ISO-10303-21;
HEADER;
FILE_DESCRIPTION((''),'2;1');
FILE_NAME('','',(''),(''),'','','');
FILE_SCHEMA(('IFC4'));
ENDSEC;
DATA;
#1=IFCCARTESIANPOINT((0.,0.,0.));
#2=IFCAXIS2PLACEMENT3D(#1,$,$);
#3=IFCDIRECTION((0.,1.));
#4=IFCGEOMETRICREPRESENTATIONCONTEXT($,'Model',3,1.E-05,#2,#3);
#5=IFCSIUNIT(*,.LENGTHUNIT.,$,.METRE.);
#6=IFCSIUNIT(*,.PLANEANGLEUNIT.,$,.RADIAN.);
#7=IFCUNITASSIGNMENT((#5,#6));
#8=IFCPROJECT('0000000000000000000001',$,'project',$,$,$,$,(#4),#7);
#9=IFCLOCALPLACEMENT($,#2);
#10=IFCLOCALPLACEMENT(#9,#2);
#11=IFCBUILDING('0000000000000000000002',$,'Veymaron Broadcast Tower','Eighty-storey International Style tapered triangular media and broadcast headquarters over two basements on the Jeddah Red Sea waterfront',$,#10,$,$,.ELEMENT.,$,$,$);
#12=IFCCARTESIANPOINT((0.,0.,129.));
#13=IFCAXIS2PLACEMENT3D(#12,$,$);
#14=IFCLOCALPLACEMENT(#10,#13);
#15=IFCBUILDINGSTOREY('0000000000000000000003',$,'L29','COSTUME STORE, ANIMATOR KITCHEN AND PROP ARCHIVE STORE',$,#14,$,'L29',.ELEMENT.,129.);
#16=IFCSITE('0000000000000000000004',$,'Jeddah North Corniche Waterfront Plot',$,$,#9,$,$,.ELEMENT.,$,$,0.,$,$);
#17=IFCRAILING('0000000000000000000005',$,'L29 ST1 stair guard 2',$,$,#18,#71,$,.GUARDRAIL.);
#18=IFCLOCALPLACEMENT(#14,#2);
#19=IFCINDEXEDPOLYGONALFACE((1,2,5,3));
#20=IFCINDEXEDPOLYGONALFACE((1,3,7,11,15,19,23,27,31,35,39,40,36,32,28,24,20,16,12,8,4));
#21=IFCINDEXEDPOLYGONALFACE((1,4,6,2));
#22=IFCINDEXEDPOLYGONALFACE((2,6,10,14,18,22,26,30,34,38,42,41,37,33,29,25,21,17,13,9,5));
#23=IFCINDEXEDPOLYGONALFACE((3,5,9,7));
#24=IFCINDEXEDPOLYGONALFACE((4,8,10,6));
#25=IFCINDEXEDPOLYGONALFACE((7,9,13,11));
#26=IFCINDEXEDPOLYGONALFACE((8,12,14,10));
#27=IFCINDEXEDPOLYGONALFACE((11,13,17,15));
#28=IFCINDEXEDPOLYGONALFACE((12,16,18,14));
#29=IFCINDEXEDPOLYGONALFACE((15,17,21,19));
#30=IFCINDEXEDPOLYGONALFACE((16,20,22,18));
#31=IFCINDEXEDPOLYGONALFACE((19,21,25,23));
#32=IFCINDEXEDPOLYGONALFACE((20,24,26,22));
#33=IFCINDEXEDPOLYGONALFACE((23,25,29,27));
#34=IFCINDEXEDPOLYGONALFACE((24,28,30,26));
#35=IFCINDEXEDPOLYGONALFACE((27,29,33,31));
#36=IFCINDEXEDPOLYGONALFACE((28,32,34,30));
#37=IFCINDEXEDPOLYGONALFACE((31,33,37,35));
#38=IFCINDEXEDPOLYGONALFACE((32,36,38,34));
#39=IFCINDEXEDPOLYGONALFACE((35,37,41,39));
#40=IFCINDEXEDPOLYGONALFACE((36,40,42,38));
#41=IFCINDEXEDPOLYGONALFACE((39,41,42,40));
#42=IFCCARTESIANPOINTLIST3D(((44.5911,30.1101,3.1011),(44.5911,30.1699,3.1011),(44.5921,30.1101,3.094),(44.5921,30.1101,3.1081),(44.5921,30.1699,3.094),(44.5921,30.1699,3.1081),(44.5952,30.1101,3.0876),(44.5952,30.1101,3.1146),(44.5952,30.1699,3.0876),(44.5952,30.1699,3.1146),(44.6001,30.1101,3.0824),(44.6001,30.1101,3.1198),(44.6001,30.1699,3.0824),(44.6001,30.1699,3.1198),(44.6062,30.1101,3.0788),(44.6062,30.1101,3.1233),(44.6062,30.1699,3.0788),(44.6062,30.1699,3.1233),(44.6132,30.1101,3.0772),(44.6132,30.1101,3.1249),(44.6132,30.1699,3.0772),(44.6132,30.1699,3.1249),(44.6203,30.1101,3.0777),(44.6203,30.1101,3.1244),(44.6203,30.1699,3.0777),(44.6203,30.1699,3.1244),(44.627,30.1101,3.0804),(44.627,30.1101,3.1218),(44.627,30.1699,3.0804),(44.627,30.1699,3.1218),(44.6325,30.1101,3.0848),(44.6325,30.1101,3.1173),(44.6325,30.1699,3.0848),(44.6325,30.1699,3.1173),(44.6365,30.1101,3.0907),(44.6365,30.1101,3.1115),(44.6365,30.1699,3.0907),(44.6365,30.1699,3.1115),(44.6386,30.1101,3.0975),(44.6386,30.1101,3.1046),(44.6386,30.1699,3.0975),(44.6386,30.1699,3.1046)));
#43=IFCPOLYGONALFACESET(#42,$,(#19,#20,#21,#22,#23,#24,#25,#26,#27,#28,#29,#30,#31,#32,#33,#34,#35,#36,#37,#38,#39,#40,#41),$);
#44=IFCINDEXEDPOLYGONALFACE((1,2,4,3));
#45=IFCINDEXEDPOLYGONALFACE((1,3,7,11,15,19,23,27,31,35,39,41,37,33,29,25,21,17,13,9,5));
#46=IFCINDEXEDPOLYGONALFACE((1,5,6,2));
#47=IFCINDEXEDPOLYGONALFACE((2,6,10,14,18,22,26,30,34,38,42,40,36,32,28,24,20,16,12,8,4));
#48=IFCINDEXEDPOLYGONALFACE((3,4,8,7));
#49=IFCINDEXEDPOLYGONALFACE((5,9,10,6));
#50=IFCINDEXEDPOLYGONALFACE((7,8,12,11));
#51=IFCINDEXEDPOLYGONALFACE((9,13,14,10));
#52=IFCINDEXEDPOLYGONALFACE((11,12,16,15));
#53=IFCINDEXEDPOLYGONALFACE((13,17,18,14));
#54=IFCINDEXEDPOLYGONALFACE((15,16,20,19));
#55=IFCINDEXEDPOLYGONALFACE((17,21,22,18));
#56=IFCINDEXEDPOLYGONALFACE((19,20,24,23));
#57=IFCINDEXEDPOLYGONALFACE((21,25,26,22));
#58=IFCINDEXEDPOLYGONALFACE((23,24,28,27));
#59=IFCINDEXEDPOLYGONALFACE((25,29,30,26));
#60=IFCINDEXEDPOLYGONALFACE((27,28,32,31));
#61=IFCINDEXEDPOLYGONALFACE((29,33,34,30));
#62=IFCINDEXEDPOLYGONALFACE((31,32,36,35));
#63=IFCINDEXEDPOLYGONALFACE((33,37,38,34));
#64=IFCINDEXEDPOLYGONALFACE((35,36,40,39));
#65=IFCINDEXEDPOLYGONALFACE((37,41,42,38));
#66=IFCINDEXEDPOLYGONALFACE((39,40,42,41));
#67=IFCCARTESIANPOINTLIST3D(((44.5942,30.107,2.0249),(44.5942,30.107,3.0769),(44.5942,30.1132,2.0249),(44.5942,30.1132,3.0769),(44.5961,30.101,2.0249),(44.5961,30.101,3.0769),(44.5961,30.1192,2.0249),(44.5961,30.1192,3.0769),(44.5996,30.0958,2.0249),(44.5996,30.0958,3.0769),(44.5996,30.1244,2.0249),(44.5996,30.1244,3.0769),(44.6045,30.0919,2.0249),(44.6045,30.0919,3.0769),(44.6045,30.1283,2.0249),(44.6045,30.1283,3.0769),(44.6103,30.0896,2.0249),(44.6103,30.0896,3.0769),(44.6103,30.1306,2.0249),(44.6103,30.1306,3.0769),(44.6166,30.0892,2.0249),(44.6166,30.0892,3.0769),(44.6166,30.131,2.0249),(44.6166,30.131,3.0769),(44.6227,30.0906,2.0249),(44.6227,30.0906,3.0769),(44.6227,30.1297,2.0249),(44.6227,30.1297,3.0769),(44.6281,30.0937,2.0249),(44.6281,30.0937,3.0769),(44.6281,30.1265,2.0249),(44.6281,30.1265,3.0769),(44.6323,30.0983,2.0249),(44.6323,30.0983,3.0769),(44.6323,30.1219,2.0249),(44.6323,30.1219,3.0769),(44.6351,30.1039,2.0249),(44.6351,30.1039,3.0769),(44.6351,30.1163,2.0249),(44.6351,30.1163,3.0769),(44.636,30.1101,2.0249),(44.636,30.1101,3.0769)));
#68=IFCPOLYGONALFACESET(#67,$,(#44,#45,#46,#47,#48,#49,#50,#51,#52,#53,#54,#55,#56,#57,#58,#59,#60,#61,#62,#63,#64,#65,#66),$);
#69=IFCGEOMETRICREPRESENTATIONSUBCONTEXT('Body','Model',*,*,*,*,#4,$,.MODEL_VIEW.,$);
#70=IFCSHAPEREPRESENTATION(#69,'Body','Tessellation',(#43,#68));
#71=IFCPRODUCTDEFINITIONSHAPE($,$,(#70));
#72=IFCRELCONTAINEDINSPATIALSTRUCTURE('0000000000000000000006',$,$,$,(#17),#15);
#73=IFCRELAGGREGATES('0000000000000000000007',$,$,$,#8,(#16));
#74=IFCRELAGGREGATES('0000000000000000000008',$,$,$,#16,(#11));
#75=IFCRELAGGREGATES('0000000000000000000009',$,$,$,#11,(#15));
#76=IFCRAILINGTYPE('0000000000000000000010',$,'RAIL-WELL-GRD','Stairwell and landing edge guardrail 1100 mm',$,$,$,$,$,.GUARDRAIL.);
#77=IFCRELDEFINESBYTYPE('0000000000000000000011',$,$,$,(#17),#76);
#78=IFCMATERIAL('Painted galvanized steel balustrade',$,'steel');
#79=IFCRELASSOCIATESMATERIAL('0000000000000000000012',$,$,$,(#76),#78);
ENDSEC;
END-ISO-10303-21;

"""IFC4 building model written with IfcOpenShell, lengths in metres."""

from ifc_helpers import new_model, si_unit, direction, frame, origin, origin_2d, place, context, subcontext, project, spatial, circle, extrude, material, type_object, element, save


model = new_model("IFC4")

# Units and contexts
model_context = context("Model", 3, precision=1e-05, world=origin(), true_north=direction((0.0, 1.0)))
body_context = subcontext(model_context, "Body", "Model", "MODEL_VIEW")
ifc_project = project(units=[si_unit("LENGTHUNIT", "METRE"), si_unit("PLANEANGLEUNIT", "RADIAN")], contexts=[model_context])

# Site, building, storey
site_placement = place(None, origin())
site = spatial("IfcSite", under=ifc_project, at=site_placement, Name="Jeddah North Corniche Waterfront Plot", CompositionType="ELEMENT", RefElevation=0.0)
building_placement = place(site_placement, origin())
building = spatial("IfcBuilding", under=site, at=building_placement, Name="Veymaron Broadcast Tower", Description="Eighty-storey International Style tapered triangular media and broadcast headquarters over two basements on the Jeddah Red Sea waterfront", CompositionType="ELEMENT")
storey_placement = place(building_placement, frame((0.0, 0.0, 129.0)))
storey = spatial("IfcBuildingStorey", under=building, at=storey_placement, Name="L29", Description="COSTUME STORE, ANIMATOR KITCHEN AND PROP ARCHIVE STORE", LongName="L29", CompositionType="ELEMENT", Elevation=129.0)

# Railing
ifc_material_1 = material(Name="Painted galvanized steel balustrade", Category="steel")
railing_type_1 = type_object("IfcRailingType", Name="RAIL-WELL-GRD", Description="Stairwell and landing edge guardrail 1100 mm", PredefinedType="GUARDRAIL", material=ifc_material_1)
railing_1_placement = place(storey_placement, frame((44.615, 30.1101, 2.0249)))
element("IfcRailing", 1, at=railing_1_placement, inside=storey, type_object=railing_type_1, Name="L29 ST1 stair guard 2", PredefinedType="GUARDRAIL", context=body_context, shape_type="SweptSolid", body=[
    extrude(circle(Radius=0.0239, at=origin_2d()), frame((0.0, 0.0, 1.0762), z_axis=(0.0, 1.0, 0.0), x_axis=(-1.0, 0.0, 0.0)), (0.0, 0.0, 1.0), 0.0598),
    extrude(circle(Radius=0.021, at=origin_2d()), origin(), (0.0, 0.0, 1.0), 1.052),
])

save(model, "model.ifc")
